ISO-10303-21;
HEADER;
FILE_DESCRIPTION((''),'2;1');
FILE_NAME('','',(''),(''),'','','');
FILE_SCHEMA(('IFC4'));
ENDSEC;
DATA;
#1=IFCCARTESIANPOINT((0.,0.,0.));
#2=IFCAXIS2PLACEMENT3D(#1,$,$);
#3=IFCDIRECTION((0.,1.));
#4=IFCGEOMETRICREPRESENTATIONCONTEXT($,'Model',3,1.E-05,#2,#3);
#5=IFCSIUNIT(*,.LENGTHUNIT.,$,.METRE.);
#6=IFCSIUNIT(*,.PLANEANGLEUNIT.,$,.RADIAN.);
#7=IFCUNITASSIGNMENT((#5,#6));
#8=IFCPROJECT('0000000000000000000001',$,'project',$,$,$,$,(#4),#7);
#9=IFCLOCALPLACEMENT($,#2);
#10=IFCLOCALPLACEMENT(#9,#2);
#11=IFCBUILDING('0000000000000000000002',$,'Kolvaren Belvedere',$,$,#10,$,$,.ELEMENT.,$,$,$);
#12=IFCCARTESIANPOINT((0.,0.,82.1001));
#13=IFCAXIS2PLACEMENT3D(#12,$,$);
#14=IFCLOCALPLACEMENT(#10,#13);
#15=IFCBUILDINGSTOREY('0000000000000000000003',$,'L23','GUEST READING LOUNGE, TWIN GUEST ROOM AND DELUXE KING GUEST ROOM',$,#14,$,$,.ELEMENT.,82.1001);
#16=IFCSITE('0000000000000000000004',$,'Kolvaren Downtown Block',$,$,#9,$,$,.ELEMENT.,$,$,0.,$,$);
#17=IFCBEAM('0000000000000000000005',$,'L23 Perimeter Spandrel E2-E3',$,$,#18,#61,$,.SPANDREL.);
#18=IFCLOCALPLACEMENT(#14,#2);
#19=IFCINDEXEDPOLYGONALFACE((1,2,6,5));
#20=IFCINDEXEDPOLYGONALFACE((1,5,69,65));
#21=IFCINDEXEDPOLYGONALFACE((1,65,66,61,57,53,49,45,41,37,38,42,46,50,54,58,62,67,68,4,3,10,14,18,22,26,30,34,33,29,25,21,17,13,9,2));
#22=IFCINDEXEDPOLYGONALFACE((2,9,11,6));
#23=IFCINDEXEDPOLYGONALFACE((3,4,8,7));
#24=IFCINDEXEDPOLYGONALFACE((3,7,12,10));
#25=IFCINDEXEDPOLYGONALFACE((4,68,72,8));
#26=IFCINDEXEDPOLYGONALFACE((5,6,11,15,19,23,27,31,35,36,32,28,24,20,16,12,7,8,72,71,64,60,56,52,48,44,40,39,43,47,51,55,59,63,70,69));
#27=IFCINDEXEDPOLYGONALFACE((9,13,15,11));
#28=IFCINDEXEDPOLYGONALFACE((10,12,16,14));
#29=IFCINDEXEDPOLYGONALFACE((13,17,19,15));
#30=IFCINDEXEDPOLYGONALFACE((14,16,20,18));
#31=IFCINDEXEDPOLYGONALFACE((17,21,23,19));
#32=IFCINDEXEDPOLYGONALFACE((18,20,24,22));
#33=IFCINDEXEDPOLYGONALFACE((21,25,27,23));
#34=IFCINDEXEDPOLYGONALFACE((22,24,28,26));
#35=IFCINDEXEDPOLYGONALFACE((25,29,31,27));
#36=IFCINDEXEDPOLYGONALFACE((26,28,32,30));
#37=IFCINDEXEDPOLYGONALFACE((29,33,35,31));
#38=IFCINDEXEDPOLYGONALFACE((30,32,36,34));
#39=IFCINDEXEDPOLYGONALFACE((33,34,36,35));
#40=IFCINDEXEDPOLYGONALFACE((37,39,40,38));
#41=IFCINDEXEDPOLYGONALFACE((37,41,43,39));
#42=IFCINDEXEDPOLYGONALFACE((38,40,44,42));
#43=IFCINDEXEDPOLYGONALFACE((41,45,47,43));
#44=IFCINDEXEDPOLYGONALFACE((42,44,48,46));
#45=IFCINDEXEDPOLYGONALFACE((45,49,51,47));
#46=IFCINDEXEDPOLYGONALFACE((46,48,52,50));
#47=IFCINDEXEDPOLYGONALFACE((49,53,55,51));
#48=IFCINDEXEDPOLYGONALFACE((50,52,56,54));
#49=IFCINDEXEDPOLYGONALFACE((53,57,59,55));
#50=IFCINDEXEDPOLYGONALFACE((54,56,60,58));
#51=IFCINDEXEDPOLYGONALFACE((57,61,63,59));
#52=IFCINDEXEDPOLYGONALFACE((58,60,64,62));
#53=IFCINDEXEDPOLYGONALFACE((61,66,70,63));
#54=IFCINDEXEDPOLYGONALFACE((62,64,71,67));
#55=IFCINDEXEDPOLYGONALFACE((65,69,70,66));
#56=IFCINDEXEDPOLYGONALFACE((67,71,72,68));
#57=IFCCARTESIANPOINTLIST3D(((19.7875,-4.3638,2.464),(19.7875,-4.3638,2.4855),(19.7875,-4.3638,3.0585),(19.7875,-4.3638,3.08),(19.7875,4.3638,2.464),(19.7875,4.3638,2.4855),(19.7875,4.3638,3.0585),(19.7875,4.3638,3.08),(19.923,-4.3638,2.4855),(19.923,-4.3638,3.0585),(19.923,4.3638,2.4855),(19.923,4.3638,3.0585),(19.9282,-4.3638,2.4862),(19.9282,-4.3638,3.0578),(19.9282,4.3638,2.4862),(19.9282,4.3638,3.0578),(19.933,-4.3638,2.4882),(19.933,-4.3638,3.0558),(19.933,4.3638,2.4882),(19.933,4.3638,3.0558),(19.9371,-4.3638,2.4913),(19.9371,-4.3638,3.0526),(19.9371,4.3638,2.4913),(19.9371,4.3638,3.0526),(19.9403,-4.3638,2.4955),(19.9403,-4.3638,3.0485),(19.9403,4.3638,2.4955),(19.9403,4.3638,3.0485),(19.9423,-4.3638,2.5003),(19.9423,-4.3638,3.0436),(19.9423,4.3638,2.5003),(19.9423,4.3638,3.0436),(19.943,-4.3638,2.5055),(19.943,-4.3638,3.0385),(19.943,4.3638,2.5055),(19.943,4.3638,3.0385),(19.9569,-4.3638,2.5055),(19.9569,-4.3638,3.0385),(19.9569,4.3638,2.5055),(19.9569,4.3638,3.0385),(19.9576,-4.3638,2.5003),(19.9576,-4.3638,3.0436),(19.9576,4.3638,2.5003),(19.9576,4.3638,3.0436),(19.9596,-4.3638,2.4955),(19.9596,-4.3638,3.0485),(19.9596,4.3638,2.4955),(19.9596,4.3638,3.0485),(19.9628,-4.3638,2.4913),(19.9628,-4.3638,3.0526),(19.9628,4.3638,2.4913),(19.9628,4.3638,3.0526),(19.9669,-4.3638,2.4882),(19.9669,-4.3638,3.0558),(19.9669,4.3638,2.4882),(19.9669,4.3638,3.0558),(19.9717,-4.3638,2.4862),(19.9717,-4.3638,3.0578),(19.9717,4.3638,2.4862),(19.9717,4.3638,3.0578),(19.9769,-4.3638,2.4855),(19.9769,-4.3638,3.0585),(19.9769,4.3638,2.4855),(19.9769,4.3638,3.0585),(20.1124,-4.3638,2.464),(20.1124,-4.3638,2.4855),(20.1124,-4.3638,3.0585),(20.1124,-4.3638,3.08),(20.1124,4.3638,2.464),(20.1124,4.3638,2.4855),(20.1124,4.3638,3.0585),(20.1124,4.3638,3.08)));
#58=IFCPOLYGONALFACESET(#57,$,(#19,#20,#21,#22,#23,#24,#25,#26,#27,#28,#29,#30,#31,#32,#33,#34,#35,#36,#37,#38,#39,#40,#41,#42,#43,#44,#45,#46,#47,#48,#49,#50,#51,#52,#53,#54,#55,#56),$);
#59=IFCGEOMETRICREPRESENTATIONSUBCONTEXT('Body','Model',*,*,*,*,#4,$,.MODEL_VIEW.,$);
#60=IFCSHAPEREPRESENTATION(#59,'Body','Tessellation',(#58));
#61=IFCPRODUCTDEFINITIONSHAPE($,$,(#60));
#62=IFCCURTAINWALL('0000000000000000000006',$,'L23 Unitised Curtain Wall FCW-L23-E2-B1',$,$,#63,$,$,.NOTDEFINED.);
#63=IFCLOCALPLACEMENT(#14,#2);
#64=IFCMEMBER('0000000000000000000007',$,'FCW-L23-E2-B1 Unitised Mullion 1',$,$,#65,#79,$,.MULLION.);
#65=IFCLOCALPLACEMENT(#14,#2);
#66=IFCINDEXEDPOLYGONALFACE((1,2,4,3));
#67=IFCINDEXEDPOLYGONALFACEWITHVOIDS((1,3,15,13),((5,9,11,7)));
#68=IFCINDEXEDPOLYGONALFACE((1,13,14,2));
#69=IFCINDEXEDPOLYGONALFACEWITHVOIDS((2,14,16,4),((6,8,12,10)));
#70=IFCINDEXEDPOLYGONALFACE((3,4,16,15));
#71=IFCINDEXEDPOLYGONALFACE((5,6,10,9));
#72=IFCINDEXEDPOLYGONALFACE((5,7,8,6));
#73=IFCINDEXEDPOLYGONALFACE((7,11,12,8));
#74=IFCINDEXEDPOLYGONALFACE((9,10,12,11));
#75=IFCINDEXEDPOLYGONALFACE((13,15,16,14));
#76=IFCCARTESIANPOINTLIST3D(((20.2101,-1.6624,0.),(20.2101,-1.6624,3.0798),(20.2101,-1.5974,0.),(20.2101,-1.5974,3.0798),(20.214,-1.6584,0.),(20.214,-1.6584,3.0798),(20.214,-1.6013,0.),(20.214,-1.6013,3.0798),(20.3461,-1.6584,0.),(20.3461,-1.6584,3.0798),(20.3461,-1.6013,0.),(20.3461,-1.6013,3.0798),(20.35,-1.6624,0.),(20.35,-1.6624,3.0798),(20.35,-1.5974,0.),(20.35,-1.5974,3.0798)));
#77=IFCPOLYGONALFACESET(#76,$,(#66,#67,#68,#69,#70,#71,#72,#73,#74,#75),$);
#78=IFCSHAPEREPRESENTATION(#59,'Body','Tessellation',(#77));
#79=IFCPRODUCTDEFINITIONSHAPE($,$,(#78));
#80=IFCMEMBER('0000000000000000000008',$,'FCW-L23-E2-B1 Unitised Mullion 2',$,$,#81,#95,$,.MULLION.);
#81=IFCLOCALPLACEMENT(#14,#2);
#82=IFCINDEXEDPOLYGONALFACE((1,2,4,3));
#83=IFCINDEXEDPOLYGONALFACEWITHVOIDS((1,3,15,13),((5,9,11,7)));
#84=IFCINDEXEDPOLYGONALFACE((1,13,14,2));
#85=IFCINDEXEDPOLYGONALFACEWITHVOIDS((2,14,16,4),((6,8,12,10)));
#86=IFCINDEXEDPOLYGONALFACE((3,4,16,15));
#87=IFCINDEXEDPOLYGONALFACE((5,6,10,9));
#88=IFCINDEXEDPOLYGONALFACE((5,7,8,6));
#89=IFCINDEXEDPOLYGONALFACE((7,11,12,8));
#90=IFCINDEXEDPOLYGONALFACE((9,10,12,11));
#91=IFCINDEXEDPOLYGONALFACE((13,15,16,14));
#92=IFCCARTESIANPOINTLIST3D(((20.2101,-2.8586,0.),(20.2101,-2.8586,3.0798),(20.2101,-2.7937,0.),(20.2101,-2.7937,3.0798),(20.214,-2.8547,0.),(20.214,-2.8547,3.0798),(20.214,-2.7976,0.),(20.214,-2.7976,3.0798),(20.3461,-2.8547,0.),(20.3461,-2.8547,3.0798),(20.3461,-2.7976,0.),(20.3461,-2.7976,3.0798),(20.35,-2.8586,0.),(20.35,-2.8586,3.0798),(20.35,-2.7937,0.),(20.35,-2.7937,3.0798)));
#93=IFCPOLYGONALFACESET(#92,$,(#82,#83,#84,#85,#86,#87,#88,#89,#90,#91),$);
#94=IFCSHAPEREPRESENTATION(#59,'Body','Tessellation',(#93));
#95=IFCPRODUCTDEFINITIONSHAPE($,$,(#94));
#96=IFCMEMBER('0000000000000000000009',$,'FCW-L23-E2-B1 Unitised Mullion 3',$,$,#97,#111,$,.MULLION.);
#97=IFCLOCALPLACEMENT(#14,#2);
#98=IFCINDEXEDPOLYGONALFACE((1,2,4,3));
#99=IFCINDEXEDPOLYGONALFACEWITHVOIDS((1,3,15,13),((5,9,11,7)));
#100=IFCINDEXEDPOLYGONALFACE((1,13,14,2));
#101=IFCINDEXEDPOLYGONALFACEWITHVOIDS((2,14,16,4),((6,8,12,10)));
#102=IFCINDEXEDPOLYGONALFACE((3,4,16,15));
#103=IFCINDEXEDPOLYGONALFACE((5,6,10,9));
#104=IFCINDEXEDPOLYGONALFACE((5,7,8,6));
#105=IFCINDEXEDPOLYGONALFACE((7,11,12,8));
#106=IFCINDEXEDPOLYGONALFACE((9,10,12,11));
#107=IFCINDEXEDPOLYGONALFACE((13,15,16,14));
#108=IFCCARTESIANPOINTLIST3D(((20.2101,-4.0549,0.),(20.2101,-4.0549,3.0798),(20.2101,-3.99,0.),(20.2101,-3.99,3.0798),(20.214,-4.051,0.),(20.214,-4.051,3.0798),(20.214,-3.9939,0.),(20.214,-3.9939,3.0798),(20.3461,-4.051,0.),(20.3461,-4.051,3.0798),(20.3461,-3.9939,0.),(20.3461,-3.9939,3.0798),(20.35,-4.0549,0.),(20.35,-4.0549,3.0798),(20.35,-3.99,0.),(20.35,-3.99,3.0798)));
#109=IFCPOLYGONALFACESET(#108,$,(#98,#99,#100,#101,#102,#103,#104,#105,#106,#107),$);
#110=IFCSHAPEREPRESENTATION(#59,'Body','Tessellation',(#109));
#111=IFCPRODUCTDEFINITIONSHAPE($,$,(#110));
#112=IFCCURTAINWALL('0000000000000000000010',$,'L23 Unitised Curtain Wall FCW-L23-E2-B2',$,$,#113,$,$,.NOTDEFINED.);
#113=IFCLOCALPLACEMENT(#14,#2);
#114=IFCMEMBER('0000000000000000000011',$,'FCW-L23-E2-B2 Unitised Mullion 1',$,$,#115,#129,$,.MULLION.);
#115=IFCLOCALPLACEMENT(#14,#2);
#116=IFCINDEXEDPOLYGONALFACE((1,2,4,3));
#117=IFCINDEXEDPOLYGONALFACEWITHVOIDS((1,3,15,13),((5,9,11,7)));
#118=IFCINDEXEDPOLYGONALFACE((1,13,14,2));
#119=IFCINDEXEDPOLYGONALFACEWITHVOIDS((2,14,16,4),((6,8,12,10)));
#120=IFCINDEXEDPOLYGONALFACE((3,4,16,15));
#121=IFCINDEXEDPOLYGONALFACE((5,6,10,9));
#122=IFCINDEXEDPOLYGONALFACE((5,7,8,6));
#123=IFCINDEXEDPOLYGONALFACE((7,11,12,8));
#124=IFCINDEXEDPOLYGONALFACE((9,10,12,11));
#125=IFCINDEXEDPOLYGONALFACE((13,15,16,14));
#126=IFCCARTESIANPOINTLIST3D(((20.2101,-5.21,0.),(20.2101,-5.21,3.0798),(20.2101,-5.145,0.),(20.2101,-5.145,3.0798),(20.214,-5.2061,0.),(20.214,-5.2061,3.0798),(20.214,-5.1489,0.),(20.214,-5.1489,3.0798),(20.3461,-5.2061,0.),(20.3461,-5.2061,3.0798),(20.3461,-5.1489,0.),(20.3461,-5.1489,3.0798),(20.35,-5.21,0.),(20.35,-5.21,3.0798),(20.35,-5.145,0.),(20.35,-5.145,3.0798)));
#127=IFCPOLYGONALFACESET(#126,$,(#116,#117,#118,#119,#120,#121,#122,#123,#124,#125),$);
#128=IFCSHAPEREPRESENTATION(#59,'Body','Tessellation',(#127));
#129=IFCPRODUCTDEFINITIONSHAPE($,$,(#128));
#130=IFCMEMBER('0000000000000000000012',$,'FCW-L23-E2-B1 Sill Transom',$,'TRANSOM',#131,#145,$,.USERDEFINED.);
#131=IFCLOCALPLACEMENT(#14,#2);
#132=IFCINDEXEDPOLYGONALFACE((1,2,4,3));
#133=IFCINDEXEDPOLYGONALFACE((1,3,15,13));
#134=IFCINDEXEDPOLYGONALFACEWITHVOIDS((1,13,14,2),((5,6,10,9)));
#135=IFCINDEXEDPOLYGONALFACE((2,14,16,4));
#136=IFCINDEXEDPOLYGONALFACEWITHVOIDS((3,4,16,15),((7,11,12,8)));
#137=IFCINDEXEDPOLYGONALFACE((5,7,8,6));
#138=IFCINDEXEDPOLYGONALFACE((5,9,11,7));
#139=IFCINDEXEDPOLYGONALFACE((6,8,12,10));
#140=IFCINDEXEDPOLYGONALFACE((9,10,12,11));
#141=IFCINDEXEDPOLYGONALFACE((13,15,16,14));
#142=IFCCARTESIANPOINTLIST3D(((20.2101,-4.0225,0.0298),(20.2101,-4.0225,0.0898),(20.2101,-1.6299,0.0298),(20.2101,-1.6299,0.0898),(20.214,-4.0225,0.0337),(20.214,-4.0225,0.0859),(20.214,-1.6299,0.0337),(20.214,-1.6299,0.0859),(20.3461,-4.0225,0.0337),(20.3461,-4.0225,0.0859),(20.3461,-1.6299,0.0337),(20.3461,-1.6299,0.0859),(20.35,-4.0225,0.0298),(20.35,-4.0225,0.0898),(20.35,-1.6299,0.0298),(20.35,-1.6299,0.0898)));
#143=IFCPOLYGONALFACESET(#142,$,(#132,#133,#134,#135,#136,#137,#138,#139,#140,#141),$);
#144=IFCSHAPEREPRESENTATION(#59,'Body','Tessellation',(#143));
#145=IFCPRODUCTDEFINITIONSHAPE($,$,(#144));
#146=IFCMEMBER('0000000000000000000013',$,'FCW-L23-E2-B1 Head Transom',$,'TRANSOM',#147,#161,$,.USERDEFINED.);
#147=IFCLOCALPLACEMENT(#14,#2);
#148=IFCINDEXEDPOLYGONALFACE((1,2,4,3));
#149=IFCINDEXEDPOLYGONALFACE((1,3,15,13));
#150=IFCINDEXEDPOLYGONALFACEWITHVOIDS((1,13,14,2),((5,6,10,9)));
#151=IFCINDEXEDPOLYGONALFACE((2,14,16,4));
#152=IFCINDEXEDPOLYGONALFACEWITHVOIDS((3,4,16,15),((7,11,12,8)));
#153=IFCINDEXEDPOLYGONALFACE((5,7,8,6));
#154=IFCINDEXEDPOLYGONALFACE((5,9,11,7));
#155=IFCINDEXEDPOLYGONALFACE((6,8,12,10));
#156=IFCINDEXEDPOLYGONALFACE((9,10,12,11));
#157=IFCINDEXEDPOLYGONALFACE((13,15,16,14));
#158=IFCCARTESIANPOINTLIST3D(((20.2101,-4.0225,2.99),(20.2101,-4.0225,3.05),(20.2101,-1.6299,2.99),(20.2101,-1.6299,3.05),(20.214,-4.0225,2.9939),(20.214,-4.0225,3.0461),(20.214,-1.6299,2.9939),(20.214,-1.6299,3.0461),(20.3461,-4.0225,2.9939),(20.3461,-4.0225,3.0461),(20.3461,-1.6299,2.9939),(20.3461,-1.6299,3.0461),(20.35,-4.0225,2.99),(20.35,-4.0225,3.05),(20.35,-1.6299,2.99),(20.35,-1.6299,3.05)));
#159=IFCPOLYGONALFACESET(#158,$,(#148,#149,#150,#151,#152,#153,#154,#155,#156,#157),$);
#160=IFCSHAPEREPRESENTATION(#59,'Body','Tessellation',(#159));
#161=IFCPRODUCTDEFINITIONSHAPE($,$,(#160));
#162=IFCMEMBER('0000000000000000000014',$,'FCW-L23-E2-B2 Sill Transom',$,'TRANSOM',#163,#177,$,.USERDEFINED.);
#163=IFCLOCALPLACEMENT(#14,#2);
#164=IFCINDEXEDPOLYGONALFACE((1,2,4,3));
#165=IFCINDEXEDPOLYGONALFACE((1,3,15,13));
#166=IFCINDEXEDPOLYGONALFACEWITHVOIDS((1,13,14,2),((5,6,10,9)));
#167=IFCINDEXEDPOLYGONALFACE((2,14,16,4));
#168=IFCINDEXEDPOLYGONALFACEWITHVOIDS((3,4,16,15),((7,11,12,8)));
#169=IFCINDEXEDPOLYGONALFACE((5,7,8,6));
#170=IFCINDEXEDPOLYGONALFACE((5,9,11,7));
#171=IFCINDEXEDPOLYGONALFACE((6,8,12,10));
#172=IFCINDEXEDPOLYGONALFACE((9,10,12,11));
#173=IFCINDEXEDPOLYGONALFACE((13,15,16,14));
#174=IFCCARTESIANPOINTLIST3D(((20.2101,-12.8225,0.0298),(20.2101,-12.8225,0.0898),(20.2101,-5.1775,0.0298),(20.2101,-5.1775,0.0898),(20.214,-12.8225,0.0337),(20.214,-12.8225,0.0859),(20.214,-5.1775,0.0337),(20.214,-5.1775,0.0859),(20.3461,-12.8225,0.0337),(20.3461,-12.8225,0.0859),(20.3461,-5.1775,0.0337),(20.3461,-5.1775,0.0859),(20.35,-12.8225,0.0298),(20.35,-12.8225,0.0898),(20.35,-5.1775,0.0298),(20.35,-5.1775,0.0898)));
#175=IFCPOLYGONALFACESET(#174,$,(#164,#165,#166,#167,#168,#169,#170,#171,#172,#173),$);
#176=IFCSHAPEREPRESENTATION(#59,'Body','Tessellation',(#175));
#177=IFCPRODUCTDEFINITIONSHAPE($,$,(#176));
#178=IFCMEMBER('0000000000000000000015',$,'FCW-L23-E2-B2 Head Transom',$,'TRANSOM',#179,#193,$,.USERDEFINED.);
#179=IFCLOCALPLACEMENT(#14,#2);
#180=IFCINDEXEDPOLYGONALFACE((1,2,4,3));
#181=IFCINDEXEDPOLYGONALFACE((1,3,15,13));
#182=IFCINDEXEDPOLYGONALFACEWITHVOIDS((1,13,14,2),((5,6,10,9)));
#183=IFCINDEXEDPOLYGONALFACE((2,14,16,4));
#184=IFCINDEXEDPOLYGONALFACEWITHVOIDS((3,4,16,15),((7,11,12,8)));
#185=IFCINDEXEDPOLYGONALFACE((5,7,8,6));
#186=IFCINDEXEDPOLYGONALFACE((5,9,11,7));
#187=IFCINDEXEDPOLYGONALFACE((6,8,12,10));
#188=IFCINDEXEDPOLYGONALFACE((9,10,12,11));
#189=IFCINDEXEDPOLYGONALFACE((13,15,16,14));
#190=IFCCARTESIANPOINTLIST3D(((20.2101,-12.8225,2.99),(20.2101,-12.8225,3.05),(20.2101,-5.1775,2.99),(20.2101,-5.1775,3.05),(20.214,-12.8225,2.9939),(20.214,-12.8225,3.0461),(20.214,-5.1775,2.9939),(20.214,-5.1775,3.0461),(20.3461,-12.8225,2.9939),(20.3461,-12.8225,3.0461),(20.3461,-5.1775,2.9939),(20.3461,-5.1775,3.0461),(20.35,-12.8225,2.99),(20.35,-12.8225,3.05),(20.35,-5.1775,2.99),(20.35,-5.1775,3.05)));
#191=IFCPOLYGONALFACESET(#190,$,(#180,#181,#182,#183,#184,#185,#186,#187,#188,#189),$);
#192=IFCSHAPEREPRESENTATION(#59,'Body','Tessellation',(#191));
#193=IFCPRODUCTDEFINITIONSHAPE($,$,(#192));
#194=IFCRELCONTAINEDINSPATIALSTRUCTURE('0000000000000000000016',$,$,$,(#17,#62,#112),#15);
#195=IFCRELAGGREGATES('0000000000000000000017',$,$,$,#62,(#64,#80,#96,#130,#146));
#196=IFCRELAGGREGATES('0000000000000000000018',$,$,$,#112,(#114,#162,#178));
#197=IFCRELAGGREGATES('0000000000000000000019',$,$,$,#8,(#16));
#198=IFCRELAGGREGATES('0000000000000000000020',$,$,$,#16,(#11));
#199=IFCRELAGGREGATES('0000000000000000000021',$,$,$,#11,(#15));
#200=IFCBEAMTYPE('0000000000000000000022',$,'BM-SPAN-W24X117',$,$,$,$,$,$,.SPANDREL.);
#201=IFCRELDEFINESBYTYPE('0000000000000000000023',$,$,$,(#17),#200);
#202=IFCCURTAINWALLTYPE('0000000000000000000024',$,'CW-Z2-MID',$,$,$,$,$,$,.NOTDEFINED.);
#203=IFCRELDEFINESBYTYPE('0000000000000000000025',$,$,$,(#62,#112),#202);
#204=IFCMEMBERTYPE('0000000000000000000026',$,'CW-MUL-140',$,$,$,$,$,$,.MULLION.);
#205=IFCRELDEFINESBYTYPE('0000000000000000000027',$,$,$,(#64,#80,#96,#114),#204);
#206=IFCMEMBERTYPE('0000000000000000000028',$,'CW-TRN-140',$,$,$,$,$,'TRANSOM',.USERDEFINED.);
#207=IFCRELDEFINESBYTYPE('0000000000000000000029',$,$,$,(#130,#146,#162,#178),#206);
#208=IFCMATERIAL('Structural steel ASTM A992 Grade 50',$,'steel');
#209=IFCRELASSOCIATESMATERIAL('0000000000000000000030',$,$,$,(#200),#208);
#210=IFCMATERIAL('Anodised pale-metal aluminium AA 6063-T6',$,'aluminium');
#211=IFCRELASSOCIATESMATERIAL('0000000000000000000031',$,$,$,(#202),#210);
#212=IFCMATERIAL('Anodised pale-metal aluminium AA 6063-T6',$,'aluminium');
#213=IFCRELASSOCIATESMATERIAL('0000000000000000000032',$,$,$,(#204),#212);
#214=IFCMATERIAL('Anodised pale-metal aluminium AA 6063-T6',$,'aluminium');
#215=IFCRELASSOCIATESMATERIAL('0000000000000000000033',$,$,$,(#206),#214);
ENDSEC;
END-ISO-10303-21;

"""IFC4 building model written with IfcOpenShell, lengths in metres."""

from ifc_helpers import new_model, si_unit, direction, frame, origin, origin_2d, place, context, subcontext, project, spatial, hollow_rectangle, i_section, extrude, material, material_profile, profile_set, type_object, element, aggregate, save


model = new_model("IFC4")

# Units and contexts
model_context = context("Model", 3, precision=1e-05, world=origin(), true_north=direction((0.0, 1.0)))
body_context = subcontext(model_context, "Body", "Model", "MODEL_VIEW")
ifc_project = project(units=[si_unit("LENGTHUNIT", "METRE"), si_unit("PLANEANGLEUNIT", "RADIAN")], contexts=[model_context])

# Site, building, storey
site_placement = place(None, origin())
site = spatial("IfcSite", under=ifc_project, at=site_placement, Name="Kolvaren Downtown Block", CompositionType="ELEMENT", RefElevation=0.0)
building_placement = place(site_placement, origin())
building = spatial("IfcBuilding", under=site, at=building_placement, Name="Kolvaren Belvedere", CompositionType="ELEMENT")
storey_placement = place(building_placement, frame((0.0, 0.0, 82.1001)))
storey = spatial("IfcBuildingStorey", under=building, at=storey_placement, Name="L23", Description="GUEST READING LOUNGE, TWIN GUEST ROOM AND DELUXE KING GUEST ROOM", CompositionType="ELEMENT", Elevation=82.1001)

# Beam
ifc_material_1 = material(Name="Structural steel ASTM A992 Grade 50", Category="steel")
ifc_material_profile_1 = material_profile(ifc_material_1, i_section(OverallWidth=0.325, OverallDepth=0.616, WebThickness=0.0139, FlangeThickness=0.0215, FilletRadius=0.02, at=origin_2d()), Name="W24X117")
ifc_profile_set_1 = profile_set([ifc_material_profile_1], Name="Structural steel ASTM A992 Grade 50")
beam_type_1 = type_object("IfcBeamType", Name="BM-SPAN-W24X117", PredefinedType="SPANDREL", material=ifc_profile_set_1)
beam_1_placement = place(storey_placement, frame((19.95, -4.3638, 2.772), z_axis=(0.0, 1.0, 0.0), x_axis=(-1.0, 0.0, 0.0)))
element("IfcBeam", 1, at=beam_1_placement, inside=storey, type_object=beam_type_1, Name="L23 Perimeter Spandrel E2-E3", PredefinedType="SPANDREL", context=body_context, shape_type="SweptSolid", body=[
    extrude(i_section(OverallWidth=0.325, OverallDepth=0.616, WebThickness=0.0139, FlangeThickness=0.0215, FilletRadius=0.02, at=origin_2d()), origin(), (0.0, 0.0, 1.0), 8.7275),
])

# Curtain wall, members
ifc_material_2 = material(Name="Anodised pale-metal aluminium AA 6063-T6", Category="aluminium")
curtain_wall_type = type_object("IfcCurtainWallType", Name="CW-Z2-MID", PredefinedType="NOTDEFINED", material=ifc_material_2)
curtain_wall_1_placement = place(storey_placement, origin())
curtain_wall_1 = element("IfcCurtainWall", 2, at=curtain_wall_1_placement, inside=storey, type_object=curtain_wall_type, Name="L23 Unitised Curtain Wall FCW-L23-E2-B1", PredefinedType="NOTDEFINED")
ifc_material_3 = material(Name="Anodised pale-metal aluminium AA 6063-T6", Category="aluminium")
ifc_material_profile_2 = material_profile(ifc_material_3, hollow_rectangle(XDim=0.0649, YDim=0.1399, WallThickness=0.0039, at=origin_2d()), Name="ALU-MUL-140X65")
ifc_profile_set_2 = profile_set([ifc_material_profile_2], Name="Anodised pale-metal aluminium AA 6063-T6")
member_type_1 = type_object("IfcMemberType", Name="CW-MUL-140", PredefinedType="MULLION", material=ifc_profile_set_2)
member_1_placement = place(storey_placement, frame((20.28, -1.6299, 0.0), z_axis=(0.0, 0.0, 1.0), x_axis=(0.0, 1.0, 0.0)))
member_1 = element("IfcMember", 3, at=member_1_placement, type_object=member_type_1, Name="FCW-L23-E2-B1 Unitised Mullion 1", PredefinedType="MULLION", context=body_context, shape_type="SweptSolid", body=[
    extrude(hollow_rectangle(XDim=0.0649, YDim=0.1399, WallThickness=0.0039, at=origin_2d()), origin(), (0.0, 0.0, 1.0), 3.0798),
])
member_2_placement = place(storey_placement, frame((20.28, -2.8262, 0.0), z_axis=(0.0, 0.0, 1.0), x_axis=(0.0, 1.0, 0.0)))
member_2 = element("IfcMember", 4, at=member_2_placement, type_object=member_type_1, Name="FCW-L23-E2-B1 Unitised Mullion 2", PredefinedType="MULLION", context=body_context, shape_type="SweptSolid", body=[
    extrude(hollow_rectangle(XDim=0.0649, YDim=0.1399, WallThickness=0.0039, at=origin_2d()), origin(), (0.0, 0.0, 1.0), 3.0798),
])
member_3_placement = place(storey_placement, frame((20.28, -4.0225, 0.0), z_axis=(0.0, 0.0, 1.0), x_axis=(0.0, 1.0, 0.0)))
member_3 = element("IfcMember", 5, at=member_3_placement, type_object=member_type_1, Name="FCW-L23-E2-B1 Unitised Mullion 3", PredefinedType="MULLION", context=body_context, shape_type="SweptSolid", body=[
    extrude(hollow_rectangle(XDim=0.0649, YDim=0.1399, WallThickness=0.0039, at=origin_2d()), origin(), (0.0, 0.0, 1.0), 3.0798),
])

# Curtain wall, member
curtain_wall_2_placement = place(storey_placement, origin())
curtain_wall_2 = element("IfcCurtainWall", 6, at=curtain_wall_2_placement, inside=storey, type_object=curtain_wall_type, Name="L23 Unitised Curtain Wall FCW-L23-E2-B2", PredefinedType="NOTDEFINED")
member_4_placement = place(storey_placement, frame((20.28, -5.1775, 0.0), z_axis=(0.0, 0.0, 1.0), x_axis=(0.0, 1.0, 0.0)))
member_4 = element("IfcMember", 7, at=member_4_placement, type_object=member_type_1, Name="FCW-L23-E2-B2 Unitised Mullion 1", PredefinedType="MULLION", context=body_context, shape_type="SweptSolid", body=[
    extrude(hollow_rectangle(XDim=0.0649, YDim=0.1399, WallThickness=0.0039, at=origin_2d()), origin(), (0.0, 0.0, 1.0), 3.0798),
])

# Members
ifc_material_4 = material(Name="Anodised pale-metal aluminium AA 6063-T6", Category="aluminium")
ifc_material_profile_3 = material_profile(ifc_material_4, hollow_rectangle(XDim=0.0601, YDim=0.1399, WallThickness=0.0039, at=origin_2d()), Name="ALU-TRN-140X60")
ifc_profile_set_3 = profile_set([ifc_material_profile_3], Name="Anodised pale-metal aluminium AA 6063-T6")
member_type_2 = type_object("IfcMemberType", Name="CW-TRN-140", ElementType="TRANSOM", PredefinedType="USERDEFINED", material=ifc_profile_set_3)
member_5_placement = place(storey_placement, frame((20.28, -1.6299, 0.0598), z_axis=(0.0, -1.0, 0.0), x_axis=(0.0, 0.0, 1.0)))
member_5 = element("IfcMember", 8, at=member_5_placement, type_object=member_type_2, Name="FCW-L23-E2-B1 Sill Transom", ObjectType="TRANSOM", PredefinedType="USERDEFINED", context=body_context, shape_type="SweptSolid", body=[
    extrude(hollow_rectangle(XDim=0.0601, YDim=0.1399, WallThickness=0.0039, at=origin_2d()), origin(), (0.0, 0.0, 1.0), 2.3926),
])
member_6_placement = place(storey_placement, frame((20.28, -1.6299, 3.02), z_axis=(0.0, -1.0, 0.0), x_axis=(0.0, 0.0, 1.0)))
member_6 = element("IfcMember", 9, at=member_6_placement, type_object=member_type_2, Name="FCW-L23-E2-B1 Head Transom", ObjectType="TRANSOM", PredefinedType="USERDEFINED", context=body_context, shape_type="SweptSolid", body=[
    extrude(hollow_rectangle(XDim=0.0601, YDim=0.1399, WallThickness=0.0039, at=origin_2d()), origin(), (0.0, 0.0, 1.0), 2.3926),
])
member_7_placement = place(storey_placement, frame((20.28, -5.1775, 0.0598), z_axis=(0.0, -1.0, 0.0), x_axis=(0.0, 0.0, 1.0)))
member_7 = element("IfcMember", 10, at=member_7_placement, type_object=member_type_2, Name="FCW-L23-E2-B2 Sill Transom", ObjectType="TRANSOM", PredefinedType="USERDEFINED", context=body_context, shape_type="SweptSolid", body=[
    extrude(hollow_rectangle(XDim=0.0601, YDim=0.1399, WallThickness=0.0039, at=origin_2d()), origin(), (0.0, 0.0, 1.0), 7.645),
])
member_8_placement = place(storey_placement, frame((20.28, -5.1775, 3.02), z_axis=(0.0, -1.0, 0.0), x_axis=(0.0, 0.0, 1.0)))
member_8 = element("IfcMember", 11, at=member_8_placement, type_object=member_type_2, Name="FCW-L23-E2-B2 Head Transom", ObjectType="TRANSOM", PredefinedType="USERDEFINED", context=body_context, shape_type="SweptSolid", body=[
    extrude(hollow_rectangle(XDim=0.0601, YDim=0.1399, WallThickness=0.0039, at=origin_2d()), origin(), (0.0, 0.0, 1.0), 7.645),
])

aggregate(curtain_wall_1, [member_1, member_2, member_3, member_5, member_6])
aggregate(curtain_wall_2, [member_4, member_7, member_8])

save(model, "model.ifc")
